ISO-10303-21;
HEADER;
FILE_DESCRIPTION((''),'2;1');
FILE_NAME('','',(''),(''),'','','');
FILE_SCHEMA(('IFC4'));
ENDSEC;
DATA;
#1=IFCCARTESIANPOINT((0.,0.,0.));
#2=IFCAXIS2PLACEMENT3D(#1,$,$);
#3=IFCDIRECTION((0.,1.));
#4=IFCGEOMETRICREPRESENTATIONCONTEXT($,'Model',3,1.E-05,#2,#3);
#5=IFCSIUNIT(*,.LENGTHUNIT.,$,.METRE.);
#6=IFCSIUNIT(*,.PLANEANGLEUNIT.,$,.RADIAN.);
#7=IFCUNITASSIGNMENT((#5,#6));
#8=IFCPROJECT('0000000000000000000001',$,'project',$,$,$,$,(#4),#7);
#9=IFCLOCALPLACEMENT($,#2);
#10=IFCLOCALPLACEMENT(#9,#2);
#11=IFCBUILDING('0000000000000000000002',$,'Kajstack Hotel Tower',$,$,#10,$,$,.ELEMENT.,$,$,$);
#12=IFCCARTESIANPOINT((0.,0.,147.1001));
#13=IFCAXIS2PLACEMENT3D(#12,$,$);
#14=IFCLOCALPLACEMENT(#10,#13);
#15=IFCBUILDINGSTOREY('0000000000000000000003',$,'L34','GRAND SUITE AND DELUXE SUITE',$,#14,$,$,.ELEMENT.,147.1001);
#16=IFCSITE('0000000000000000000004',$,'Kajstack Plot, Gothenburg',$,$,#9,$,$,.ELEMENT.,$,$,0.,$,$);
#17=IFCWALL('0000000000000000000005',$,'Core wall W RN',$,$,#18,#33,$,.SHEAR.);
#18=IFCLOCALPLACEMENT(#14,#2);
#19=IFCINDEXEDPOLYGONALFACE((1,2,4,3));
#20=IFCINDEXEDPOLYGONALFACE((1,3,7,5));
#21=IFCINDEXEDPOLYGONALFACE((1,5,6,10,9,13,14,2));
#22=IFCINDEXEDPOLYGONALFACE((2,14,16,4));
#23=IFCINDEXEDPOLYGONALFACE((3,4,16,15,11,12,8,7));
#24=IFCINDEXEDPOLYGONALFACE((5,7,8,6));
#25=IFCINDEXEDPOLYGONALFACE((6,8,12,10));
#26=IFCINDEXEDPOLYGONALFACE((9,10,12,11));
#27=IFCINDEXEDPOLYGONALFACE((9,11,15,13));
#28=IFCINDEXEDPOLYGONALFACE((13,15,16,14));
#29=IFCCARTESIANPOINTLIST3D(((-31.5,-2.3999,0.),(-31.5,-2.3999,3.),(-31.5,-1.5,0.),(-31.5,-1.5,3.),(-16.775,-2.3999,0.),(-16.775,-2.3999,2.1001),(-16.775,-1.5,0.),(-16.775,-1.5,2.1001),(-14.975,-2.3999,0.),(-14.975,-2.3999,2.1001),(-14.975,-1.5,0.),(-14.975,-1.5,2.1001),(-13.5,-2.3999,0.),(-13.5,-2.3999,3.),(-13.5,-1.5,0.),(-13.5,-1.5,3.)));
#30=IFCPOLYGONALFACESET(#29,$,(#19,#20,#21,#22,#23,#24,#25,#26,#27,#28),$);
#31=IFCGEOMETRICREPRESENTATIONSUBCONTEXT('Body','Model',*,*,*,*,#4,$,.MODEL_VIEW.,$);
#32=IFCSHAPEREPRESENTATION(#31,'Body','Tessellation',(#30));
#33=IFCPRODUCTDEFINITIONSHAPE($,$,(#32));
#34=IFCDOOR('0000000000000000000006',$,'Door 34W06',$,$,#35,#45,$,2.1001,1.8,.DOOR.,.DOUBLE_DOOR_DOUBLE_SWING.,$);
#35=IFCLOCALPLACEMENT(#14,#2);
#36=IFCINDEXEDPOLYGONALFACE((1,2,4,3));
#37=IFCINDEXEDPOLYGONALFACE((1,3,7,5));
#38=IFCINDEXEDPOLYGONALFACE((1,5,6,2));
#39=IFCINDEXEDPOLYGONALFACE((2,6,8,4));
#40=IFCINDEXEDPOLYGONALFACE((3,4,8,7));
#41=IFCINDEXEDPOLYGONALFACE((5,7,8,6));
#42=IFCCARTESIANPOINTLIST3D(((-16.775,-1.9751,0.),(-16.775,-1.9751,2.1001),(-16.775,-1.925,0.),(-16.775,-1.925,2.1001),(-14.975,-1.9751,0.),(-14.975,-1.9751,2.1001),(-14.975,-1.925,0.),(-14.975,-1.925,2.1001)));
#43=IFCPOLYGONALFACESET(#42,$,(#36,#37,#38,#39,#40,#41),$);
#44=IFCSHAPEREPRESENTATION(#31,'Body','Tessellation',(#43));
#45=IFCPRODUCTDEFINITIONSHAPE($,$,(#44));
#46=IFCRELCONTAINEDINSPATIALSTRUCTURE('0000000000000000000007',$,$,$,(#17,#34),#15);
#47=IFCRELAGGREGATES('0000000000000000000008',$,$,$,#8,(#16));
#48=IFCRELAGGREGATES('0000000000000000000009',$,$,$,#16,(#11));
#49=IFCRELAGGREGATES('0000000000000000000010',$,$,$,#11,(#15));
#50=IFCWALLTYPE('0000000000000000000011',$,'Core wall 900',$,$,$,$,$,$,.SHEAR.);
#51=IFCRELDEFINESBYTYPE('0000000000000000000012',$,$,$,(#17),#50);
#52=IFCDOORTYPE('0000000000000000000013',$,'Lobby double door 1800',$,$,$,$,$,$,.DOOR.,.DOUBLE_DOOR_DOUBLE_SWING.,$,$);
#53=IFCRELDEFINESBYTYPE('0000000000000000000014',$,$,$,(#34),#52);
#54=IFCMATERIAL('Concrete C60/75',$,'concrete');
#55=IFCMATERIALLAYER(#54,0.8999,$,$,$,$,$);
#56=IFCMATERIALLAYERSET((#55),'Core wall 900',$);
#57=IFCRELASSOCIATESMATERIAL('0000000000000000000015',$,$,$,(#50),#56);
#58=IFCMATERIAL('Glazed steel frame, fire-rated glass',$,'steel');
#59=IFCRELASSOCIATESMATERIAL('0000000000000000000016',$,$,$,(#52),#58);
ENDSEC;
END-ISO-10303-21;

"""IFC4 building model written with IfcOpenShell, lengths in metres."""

from ifc_helpers import new_model, si_unit, direction, frame, frame_2d, origin, place, context, subcontext, project, spatial, rectangle, extrude, material, layer, layer_set, type_object, element, fill, save


model = new_model("IFC4")

# Units and contexts
model_context = context("Model", 3, precision=1e-05, world=origin(), true_north=direction((0.0, 1.0)))
body_context = subcontext(model_context, "Body", "Model", "MODEL_VIEW")
ifc_project = project(units=[si_unit("LENGTHUNIT", "METRE"), si_unit("PLANEANGLEUNIT", "RADIAN")], contexts=[model_context])

# Site, building, storey
site_placement = place(None, origin())
site = spatial("IfcSite", under=ifc_project, at=site_placement, Name="Kajstack Plot, Gothenburg", CompositionType="ELEMENT", RefElevation=0.0)
building_placement = place(site_placement, origin())
building = spatial("IfcBuilding", under=site, at=building_placement, Name="Kajstack Hotel Tower", CompositionType="ELEMENT")
storey_placement = place(building_placement, frame((0.0, 0.0, 147.1001)))
storey = spatial("IfcBuildingStorey", under=building, at=storey_placement, Name="L34", Description="GRAND SUITE AND DELUXE SUITE", CompositionType="ELEMENT", Elevation=147.1001)

# Wall, opening, door
ifc_material_1 = material(Name="Concrete C60/75", Category="concrete")
ifc_layer_1 = layer(ifc_material_1, 0.8999)
ifc_layer_set_1 = layer_set([ifc_layer_1], Name="Core wall 900")
wall_type_1 = type_object("IfcWallType", Name="Core wall 900", PredefinedType="SHEAR", material=ifc_layer_set_1)
wall_1_placement = place(storey_placement, frame((-31.5, -1.95, 0.0), z_axis=(0.0, 0.0, 1.0), x_axis=(1.0, 0.0, 0.0)))
wall_1 = element("IfcWall", 1, at=wall_1_placement, inside=storey, type_object=wall_type_1, Name="Core wall W RN", PredefinedType="SHEAR", context=body_context, shape_type="SweptSolid", body=[
    extrude(rectangle(XDim=18.0, YDim=0.8999, at=frame_2d((9.0, 0.0))), origin(), (0.0, 0.0, 1.0), 3.0),
])
opening_1_placement = place(wall_1_placement, frame((14.7251, 0.0, 0.0)))
opening_1 = element("IfcOpeningElement", 2, at=opening_1_placement, cuts=wall_1, PredefinedType="OPENING", context=body_context, shape_type="SweptSolid", body=[
    extrude(rectangle(XDim=1.8, YDim=2.1001, at=frame_2d((0.8999, 1.05))), frame((0.0, 0.46, 0.0), z_axis=(0.0, -1.0, 0.0), x_axis=(1.0, 0.0, 0.0)), (0.0, 0.0, 1.0), 0.9199),
])
ifc_material_2 = material(Name="Glazed steel frame, fire-rated glass", Category="steel")
door_type_1 = type_object("IfcDoorType", Name="Lobby double door 1800", OperationType="DOUBLE_DOOR_DOUBLE_SWING", PredefinedType="DOOR", material=ifc_material_2)
door_1_placement = place(opening_1_placement, origin())
door_1 = element("IfcDoor", 3, at=door_1_placement, inside=storey, type_object=door_type_1, Name="Door 34W06", OperationType="DOUBLE_DOOR_DOUBLE_SWING", OverallHeight=2.1001, OverallWidth=1.8, PredefinedType="DOOR", context=body_context, shape_type="SweptSolid", body=[
    extrude(rectangle(XDim=1.8, YDim=2.1001, at=frame_2d((0.8999, 1.05))), frame((0.0, 0.0249, 0.0), z_axis=(0.0, -1.0, 0.0), x_axis=(1.0, 0.0, 0.0)), (0.0, 0.0, 1.0), 0.05),
])
fill(opening_1, door_1)

save(model, "model.ifc")
